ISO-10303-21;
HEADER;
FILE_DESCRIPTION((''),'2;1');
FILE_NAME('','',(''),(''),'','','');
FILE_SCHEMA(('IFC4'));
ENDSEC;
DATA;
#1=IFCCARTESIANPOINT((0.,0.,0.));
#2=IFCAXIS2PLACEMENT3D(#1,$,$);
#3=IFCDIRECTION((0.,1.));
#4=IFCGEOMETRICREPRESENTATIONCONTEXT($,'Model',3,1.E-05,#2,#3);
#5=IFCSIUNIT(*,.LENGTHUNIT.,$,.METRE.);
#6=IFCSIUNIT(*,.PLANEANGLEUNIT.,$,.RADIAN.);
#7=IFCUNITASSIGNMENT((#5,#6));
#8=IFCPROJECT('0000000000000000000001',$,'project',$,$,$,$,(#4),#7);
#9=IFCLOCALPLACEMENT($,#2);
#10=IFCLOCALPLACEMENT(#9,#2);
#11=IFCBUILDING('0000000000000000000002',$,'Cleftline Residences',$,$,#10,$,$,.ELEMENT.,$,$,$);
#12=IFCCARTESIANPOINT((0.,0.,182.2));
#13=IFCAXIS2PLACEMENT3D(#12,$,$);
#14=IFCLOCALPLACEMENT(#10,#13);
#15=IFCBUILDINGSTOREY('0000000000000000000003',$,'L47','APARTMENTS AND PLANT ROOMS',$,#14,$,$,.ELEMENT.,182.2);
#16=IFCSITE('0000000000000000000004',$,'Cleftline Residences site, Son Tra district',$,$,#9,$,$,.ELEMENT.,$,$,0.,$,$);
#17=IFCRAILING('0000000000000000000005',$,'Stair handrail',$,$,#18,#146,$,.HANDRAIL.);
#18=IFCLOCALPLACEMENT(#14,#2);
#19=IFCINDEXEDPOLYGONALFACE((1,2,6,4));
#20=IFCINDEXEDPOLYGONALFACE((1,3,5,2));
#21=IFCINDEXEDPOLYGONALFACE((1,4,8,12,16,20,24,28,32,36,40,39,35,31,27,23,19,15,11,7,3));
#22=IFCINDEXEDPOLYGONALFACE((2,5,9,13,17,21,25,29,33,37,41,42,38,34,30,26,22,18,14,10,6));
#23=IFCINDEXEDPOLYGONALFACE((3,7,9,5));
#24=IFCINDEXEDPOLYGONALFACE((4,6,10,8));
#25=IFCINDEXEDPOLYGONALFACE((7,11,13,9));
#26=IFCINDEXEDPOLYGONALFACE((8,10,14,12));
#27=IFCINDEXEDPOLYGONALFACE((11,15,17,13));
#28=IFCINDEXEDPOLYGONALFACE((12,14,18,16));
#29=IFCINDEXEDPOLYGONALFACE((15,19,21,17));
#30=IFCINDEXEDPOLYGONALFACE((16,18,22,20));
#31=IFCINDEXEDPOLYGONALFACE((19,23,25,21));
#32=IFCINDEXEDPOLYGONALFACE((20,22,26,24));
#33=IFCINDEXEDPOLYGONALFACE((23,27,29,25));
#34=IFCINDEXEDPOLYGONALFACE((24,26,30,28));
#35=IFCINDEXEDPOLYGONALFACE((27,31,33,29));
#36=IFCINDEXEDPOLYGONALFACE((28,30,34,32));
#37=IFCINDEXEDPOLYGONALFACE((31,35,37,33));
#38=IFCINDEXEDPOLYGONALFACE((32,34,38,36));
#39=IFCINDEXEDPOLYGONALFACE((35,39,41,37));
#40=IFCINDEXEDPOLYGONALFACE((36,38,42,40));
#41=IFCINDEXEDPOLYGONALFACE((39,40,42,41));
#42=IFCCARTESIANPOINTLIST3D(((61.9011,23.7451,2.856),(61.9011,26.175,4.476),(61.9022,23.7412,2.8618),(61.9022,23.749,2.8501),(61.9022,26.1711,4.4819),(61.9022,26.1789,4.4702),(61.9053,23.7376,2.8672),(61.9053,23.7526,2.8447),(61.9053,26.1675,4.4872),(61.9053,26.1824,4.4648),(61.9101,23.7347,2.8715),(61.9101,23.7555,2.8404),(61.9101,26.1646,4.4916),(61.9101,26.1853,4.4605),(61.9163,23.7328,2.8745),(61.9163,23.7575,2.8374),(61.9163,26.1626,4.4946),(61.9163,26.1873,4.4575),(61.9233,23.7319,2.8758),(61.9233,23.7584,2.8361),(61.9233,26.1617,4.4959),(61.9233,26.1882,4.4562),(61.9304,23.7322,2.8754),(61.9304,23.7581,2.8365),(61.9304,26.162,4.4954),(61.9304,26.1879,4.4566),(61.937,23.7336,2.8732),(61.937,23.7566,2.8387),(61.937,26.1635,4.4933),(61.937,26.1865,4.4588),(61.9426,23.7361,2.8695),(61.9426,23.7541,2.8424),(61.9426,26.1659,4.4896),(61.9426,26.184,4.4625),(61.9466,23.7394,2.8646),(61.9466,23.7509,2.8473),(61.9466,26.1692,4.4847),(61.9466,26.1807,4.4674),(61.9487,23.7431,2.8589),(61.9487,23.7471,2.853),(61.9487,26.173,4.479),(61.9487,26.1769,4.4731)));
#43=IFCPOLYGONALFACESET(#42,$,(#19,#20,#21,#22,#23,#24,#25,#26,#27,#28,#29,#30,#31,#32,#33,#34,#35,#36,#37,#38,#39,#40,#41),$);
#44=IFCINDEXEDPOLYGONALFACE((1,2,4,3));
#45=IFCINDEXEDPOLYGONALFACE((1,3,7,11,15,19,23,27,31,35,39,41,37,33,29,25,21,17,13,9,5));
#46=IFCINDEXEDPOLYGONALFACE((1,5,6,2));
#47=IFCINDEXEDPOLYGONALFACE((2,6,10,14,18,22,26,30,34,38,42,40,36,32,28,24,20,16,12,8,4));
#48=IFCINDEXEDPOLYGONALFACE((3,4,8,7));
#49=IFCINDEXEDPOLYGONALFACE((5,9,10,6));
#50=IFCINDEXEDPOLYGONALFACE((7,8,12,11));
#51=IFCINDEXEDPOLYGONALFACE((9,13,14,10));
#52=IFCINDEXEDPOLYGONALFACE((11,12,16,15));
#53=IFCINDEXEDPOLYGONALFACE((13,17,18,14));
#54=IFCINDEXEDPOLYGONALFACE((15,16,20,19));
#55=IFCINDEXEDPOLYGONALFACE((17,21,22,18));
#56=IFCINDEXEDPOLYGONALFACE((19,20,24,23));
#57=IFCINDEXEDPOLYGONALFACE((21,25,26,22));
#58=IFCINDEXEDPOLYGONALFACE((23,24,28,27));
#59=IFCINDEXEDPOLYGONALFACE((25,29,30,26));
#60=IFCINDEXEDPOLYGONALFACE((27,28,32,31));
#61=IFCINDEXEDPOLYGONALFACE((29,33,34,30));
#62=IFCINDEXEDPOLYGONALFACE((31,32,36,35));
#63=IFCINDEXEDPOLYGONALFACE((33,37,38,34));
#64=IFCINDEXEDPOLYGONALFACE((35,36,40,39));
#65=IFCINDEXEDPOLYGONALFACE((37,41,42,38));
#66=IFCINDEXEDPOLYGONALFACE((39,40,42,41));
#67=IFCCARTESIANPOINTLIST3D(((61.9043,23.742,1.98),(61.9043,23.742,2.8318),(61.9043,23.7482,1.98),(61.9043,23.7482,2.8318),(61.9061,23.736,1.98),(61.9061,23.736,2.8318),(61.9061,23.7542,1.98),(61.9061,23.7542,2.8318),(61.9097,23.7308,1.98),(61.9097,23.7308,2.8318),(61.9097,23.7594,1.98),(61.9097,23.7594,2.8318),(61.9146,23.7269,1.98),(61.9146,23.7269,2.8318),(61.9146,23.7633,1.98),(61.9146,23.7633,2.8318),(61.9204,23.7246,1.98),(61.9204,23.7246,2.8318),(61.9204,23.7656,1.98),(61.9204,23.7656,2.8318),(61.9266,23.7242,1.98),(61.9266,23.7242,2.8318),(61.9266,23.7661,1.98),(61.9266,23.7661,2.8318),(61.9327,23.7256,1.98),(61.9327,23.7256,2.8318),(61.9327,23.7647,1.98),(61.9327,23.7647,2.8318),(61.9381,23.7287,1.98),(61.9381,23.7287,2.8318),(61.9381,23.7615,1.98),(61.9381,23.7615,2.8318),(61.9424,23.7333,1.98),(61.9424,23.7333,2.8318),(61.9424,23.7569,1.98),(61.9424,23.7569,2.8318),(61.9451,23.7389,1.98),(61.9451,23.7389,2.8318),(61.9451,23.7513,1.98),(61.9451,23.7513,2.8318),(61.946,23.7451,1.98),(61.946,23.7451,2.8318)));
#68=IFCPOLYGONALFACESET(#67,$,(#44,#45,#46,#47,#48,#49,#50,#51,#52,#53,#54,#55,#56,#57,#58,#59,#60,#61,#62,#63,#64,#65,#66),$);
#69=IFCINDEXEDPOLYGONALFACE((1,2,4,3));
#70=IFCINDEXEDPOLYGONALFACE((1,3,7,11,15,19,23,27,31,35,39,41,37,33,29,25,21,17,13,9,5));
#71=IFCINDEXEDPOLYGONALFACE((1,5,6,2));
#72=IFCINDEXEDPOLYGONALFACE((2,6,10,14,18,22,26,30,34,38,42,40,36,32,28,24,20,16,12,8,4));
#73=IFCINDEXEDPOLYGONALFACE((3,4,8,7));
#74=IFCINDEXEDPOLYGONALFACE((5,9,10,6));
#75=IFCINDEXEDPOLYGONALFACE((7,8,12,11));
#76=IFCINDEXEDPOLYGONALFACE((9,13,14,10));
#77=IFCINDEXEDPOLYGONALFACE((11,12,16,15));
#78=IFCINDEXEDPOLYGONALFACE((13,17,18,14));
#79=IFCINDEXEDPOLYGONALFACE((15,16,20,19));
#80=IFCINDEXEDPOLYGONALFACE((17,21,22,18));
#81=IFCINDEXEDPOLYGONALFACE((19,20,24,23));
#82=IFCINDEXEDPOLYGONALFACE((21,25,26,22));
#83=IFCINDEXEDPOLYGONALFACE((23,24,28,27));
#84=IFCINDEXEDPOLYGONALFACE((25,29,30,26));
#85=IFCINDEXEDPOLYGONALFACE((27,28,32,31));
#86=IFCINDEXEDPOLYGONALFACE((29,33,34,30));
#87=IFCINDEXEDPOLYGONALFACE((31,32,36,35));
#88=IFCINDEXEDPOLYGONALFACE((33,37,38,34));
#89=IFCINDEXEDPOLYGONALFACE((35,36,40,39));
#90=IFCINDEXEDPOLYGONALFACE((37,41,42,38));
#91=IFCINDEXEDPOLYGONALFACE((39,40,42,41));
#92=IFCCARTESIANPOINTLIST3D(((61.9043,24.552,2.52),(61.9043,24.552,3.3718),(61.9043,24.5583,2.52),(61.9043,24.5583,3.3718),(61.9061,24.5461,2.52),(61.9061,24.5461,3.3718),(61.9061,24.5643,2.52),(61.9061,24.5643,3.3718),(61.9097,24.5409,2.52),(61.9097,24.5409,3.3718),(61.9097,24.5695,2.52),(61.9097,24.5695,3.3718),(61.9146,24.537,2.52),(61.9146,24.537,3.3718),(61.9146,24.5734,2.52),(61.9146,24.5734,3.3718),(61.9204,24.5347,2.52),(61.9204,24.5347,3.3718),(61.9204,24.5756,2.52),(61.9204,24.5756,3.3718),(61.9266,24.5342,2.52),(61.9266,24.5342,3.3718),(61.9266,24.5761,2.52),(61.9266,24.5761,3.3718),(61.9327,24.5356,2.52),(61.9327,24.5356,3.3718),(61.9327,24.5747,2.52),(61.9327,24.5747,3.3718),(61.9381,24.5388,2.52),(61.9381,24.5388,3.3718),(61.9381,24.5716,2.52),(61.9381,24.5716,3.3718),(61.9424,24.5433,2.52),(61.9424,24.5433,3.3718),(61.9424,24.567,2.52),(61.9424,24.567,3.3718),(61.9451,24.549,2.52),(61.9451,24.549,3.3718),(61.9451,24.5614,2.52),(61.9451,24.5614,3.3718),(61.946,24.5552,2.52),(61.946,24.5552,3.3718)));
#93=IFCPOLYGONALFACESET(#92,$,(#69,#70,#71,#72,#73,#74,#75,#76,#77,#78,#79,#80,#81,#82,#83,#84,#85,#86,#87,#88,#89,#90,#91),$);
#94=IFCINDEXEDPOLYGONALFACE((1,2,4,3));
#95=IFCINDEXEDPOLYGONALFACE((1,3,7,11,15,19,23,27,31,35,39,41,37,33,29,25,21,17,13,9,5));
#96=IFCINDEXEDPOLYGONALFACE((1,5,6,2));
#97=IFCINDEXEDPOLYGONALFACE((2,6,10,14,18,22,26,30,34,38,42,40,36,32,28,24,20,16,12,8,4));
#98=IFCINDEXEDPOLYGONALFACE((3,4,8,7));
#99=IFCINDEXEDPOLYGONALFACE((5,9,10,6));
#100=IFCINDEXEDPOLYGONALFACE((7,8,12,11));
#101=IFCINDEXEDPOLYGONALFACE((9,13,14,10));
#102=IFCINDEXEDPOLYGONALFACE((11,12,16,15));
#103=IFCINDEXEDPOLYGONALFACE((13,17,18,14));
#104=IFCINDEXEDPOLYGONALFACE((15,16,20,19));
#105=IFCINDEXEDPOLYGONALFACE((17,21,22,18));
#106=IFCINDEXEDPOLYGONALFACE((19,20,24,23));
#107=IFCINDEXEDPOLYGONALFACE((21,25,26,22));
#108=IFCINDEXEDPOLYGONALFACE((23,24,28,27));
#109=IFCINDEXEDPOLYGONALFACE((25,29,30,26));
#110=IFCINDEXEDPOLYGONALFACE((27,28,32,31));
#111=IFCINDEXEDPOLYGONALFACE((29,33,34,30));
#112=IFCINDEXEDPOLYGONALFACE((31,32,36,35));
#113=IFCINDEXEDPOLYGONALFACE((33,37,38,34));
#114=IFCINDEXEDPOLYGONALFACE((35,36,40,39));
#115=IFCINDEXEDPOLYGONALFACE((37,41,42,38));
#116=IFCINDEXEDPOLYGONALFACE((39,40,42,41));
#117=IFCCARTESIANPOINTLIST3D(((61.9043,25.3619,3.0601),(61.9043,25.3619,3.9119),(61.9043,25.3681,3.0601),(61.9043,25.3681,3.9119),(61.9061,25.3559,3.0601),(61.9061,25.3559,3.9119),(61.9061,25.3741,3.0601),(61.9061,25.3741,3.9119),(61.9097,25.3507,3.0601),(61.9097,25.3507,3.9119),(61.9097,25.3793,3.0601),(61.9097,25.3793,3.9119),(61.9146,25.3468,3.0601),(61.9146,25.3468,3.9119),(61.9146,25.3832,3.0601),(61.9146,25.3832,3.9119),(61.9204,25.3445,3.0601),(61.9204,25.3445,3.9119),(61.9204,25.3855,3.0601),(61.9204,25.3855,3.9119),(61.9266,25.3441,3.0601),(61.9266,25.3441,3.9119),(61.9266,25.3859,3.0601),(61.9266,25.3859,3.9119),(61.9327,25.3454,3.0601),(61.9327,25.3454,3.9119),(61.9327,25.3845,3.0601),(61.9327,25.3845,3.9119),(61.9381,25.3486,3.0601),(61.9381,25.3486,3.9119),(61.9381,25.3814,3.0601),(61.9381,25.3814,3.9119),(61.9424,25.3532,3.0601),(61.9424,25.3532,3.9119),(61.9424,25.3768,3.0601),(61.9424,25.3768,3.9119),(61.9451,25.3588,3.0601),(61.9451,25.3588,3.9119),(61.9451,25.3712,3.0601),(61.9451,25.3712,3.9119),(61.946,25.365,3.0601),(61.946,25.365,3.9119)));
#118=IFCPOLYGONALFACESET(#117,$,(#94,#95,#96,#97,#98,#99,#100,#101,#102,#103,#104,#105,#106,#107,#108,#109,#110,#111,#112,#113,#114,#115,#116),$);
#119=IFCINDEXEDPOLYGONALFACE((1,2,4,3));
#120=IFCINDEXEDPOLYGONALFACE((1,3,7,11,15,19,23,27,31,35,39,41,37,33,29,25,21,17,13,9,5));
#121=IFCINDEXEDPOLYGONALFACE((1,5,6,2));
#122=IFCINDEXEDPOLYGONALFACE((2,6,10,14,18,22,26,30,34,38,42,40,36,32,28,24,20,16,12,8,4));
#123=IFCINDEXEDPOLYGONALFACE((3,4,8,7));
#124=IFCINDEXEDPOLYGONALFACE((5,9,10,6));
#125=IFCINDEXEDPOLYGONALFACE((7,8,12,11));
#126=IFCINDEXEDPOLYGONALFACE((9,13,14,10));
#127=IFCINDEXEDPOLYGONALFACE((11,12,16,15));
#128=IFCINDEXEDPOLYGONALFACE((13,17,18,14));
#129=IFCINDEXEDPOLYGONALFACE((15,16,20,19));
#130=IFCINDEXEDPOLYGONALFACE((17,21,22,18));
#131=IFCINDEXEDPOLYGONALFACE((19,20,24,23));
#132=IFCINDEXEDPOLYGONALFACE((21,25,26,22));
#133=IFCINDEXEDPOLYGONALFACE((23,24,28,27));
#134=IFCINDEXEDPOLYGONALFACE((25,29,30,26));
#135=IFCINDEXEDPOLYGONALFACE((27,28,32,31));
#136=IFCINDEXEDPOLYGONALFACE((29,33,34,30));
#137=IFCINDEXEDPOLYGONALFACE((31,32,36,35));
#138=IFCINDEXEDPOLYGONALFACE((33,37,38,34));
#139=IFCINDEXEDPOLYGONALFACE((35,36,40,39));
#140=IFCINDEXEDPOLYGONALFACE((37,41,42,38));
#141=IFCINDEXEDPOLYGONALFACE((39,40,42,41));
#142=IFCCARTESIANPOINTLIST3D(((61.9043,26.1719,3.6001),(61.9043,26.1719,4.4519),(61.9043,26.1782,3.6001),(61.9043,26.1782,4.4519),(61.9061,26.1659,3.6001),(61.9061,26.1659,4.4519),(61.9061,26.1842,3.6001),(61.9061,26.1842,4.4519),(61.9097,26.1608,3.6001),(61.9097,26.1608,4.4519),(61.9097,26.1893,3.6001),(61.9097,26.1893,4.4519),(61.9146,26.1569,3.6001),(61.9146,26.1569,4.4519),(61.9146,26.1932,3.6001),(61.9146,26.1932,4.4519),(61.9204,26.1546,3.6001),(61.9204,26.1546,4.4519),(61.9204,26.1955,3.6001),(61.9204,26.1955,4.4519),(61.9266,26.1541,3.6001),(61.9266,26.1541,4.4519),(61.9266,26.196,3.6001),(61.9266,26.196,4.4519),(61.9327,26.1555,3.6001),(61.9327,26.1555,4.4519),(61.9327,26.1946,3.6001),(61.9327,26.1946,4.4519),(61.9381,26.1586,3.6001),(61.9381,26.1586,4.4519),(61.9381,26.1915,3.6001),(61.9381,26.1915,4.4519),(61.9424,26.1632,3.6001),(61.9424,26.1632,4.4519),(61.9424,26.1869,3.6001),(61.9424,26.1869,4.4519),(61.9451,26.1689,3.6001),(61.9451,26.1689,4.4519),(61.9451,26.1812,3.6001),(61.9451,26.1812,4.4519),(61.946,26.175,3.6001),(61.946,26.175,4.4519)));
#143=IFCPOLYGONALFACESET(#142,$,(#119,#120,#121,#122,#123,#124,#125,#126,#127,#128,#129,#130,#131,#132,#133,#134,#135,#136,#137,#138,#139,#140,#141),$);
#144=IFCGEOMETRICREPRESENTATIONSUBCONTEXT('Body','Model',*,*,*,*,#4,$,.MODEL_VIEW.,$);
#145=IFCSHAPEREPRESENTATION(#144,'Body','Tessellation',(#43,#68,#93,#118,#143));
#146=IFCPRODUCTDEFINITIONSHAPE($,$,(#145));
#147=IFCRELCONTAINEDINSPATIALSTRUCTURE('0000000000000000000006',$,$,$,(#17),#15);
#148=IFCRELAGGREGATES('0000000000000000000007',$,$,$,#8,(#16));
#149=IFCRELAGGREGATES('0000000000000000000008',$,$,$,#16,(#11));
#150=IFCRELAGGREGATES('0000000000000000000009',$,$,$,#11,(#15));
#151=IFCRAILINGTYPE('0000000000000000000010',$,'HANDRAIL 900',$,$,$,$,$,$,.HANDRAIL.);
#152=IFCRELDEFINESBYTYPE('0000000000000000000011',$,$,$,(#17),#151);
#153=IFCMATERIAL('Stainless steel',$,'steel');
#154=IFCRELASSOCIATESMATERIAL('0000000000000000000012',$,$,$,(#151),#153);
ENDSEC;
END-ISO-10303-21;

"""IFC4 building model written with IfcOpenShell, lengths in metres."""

from ifc_helpers import new_model, si_unit, direction, frame, origin, origin_2d, place, context, subcontext, project, spatial, circle, extrude, material, type_object, element, save


model = new_model("IFC4")

# Units and contexts
model_context = context("Model", 3, precision=1e-05, world=origin(), true_north=direction((0.0, 1.0)))
body_context = subcontext(model_context, "Body", "Model", "MODEL_VIEW")
ifc_project = project(units=[si_unit("LENGTHUNIT", "METRE"), si_unit("PLANEANGLEUNIT", "RADIAN")], contexts=[model_context])

# Site, building, storey
site_placement = place(None, origin())
site = spatial("IfcSite", under=ifc_project, at=site_placement, Name="Cleftline Residences site, Son Tra district", CompositionType="ELEMENT", RefElevation=0.0)
building_placement = place(site_placement, origin())
building = spatial("IfcBuilding", under=site, at=building_placement, Name="Cleftline Residences", CompositionType="ELEMENT")
storey_placement = place(building_placement, frame((0.0, 0.0, 182.2)))
storey = spatial("IfcBuildingStorey", under=building, at=storey_placement, Name="L47", Description="APARTMENTS AND PLANT ROOMS", CompositionType="ELEMENT", Elevation=182.2)

# Railing
ifc_material_1 = material(Name="Stainless steel", Category="steel")
railing_type = type_object("IfcRailingType", Name="HANDRAIL 900", PredefinedType="HANDRAIL", material=ifc_material_1)
railing_placement = place(storey_placement, frame((61.925, 23.7451, 1.98)))
element("IfcRailing", 1, at=railing_placement, inside=storey, type_object=railing_type, Name="Stair handrail", PredefinedType="HANDRAIL", context=body_context, shape_type="SweptSolid", body=[
    extrude(circle(Radius=0.0239, at=origin_2d()), frame((0.0, 0.0, 0.876), z_axis=(0.0, 0.832025, 0.554739), x_axis=(-1.0, 0.0, 0.0)), (0.0, 0.0, 1.0), 2.9204),
    extrude(circle(Radius=0.021, at=origin_2d()), origin(), (0.0, 0.0, 1.0), 0.8518),
    extrude(circle(Radius=0.021, at=origin_2d()), frame((0.0, 0.8101, 0.54)), (0.0, 0.0, 1.0), 0.8518),
    extrude(circle(Radius=0.021, at=origin_2d()), frame((0.0, 1.6199, 1.0801)), (0.0, 0.0, 1.0), 0.8518),
    extrude(circle(Radius=0.021, at=origin_2d()), frame((0.0, 2.4299, 1.6201)), (0.0, 0.0, 1.0), 0.8518),
])

save(model, "model.ifc")
